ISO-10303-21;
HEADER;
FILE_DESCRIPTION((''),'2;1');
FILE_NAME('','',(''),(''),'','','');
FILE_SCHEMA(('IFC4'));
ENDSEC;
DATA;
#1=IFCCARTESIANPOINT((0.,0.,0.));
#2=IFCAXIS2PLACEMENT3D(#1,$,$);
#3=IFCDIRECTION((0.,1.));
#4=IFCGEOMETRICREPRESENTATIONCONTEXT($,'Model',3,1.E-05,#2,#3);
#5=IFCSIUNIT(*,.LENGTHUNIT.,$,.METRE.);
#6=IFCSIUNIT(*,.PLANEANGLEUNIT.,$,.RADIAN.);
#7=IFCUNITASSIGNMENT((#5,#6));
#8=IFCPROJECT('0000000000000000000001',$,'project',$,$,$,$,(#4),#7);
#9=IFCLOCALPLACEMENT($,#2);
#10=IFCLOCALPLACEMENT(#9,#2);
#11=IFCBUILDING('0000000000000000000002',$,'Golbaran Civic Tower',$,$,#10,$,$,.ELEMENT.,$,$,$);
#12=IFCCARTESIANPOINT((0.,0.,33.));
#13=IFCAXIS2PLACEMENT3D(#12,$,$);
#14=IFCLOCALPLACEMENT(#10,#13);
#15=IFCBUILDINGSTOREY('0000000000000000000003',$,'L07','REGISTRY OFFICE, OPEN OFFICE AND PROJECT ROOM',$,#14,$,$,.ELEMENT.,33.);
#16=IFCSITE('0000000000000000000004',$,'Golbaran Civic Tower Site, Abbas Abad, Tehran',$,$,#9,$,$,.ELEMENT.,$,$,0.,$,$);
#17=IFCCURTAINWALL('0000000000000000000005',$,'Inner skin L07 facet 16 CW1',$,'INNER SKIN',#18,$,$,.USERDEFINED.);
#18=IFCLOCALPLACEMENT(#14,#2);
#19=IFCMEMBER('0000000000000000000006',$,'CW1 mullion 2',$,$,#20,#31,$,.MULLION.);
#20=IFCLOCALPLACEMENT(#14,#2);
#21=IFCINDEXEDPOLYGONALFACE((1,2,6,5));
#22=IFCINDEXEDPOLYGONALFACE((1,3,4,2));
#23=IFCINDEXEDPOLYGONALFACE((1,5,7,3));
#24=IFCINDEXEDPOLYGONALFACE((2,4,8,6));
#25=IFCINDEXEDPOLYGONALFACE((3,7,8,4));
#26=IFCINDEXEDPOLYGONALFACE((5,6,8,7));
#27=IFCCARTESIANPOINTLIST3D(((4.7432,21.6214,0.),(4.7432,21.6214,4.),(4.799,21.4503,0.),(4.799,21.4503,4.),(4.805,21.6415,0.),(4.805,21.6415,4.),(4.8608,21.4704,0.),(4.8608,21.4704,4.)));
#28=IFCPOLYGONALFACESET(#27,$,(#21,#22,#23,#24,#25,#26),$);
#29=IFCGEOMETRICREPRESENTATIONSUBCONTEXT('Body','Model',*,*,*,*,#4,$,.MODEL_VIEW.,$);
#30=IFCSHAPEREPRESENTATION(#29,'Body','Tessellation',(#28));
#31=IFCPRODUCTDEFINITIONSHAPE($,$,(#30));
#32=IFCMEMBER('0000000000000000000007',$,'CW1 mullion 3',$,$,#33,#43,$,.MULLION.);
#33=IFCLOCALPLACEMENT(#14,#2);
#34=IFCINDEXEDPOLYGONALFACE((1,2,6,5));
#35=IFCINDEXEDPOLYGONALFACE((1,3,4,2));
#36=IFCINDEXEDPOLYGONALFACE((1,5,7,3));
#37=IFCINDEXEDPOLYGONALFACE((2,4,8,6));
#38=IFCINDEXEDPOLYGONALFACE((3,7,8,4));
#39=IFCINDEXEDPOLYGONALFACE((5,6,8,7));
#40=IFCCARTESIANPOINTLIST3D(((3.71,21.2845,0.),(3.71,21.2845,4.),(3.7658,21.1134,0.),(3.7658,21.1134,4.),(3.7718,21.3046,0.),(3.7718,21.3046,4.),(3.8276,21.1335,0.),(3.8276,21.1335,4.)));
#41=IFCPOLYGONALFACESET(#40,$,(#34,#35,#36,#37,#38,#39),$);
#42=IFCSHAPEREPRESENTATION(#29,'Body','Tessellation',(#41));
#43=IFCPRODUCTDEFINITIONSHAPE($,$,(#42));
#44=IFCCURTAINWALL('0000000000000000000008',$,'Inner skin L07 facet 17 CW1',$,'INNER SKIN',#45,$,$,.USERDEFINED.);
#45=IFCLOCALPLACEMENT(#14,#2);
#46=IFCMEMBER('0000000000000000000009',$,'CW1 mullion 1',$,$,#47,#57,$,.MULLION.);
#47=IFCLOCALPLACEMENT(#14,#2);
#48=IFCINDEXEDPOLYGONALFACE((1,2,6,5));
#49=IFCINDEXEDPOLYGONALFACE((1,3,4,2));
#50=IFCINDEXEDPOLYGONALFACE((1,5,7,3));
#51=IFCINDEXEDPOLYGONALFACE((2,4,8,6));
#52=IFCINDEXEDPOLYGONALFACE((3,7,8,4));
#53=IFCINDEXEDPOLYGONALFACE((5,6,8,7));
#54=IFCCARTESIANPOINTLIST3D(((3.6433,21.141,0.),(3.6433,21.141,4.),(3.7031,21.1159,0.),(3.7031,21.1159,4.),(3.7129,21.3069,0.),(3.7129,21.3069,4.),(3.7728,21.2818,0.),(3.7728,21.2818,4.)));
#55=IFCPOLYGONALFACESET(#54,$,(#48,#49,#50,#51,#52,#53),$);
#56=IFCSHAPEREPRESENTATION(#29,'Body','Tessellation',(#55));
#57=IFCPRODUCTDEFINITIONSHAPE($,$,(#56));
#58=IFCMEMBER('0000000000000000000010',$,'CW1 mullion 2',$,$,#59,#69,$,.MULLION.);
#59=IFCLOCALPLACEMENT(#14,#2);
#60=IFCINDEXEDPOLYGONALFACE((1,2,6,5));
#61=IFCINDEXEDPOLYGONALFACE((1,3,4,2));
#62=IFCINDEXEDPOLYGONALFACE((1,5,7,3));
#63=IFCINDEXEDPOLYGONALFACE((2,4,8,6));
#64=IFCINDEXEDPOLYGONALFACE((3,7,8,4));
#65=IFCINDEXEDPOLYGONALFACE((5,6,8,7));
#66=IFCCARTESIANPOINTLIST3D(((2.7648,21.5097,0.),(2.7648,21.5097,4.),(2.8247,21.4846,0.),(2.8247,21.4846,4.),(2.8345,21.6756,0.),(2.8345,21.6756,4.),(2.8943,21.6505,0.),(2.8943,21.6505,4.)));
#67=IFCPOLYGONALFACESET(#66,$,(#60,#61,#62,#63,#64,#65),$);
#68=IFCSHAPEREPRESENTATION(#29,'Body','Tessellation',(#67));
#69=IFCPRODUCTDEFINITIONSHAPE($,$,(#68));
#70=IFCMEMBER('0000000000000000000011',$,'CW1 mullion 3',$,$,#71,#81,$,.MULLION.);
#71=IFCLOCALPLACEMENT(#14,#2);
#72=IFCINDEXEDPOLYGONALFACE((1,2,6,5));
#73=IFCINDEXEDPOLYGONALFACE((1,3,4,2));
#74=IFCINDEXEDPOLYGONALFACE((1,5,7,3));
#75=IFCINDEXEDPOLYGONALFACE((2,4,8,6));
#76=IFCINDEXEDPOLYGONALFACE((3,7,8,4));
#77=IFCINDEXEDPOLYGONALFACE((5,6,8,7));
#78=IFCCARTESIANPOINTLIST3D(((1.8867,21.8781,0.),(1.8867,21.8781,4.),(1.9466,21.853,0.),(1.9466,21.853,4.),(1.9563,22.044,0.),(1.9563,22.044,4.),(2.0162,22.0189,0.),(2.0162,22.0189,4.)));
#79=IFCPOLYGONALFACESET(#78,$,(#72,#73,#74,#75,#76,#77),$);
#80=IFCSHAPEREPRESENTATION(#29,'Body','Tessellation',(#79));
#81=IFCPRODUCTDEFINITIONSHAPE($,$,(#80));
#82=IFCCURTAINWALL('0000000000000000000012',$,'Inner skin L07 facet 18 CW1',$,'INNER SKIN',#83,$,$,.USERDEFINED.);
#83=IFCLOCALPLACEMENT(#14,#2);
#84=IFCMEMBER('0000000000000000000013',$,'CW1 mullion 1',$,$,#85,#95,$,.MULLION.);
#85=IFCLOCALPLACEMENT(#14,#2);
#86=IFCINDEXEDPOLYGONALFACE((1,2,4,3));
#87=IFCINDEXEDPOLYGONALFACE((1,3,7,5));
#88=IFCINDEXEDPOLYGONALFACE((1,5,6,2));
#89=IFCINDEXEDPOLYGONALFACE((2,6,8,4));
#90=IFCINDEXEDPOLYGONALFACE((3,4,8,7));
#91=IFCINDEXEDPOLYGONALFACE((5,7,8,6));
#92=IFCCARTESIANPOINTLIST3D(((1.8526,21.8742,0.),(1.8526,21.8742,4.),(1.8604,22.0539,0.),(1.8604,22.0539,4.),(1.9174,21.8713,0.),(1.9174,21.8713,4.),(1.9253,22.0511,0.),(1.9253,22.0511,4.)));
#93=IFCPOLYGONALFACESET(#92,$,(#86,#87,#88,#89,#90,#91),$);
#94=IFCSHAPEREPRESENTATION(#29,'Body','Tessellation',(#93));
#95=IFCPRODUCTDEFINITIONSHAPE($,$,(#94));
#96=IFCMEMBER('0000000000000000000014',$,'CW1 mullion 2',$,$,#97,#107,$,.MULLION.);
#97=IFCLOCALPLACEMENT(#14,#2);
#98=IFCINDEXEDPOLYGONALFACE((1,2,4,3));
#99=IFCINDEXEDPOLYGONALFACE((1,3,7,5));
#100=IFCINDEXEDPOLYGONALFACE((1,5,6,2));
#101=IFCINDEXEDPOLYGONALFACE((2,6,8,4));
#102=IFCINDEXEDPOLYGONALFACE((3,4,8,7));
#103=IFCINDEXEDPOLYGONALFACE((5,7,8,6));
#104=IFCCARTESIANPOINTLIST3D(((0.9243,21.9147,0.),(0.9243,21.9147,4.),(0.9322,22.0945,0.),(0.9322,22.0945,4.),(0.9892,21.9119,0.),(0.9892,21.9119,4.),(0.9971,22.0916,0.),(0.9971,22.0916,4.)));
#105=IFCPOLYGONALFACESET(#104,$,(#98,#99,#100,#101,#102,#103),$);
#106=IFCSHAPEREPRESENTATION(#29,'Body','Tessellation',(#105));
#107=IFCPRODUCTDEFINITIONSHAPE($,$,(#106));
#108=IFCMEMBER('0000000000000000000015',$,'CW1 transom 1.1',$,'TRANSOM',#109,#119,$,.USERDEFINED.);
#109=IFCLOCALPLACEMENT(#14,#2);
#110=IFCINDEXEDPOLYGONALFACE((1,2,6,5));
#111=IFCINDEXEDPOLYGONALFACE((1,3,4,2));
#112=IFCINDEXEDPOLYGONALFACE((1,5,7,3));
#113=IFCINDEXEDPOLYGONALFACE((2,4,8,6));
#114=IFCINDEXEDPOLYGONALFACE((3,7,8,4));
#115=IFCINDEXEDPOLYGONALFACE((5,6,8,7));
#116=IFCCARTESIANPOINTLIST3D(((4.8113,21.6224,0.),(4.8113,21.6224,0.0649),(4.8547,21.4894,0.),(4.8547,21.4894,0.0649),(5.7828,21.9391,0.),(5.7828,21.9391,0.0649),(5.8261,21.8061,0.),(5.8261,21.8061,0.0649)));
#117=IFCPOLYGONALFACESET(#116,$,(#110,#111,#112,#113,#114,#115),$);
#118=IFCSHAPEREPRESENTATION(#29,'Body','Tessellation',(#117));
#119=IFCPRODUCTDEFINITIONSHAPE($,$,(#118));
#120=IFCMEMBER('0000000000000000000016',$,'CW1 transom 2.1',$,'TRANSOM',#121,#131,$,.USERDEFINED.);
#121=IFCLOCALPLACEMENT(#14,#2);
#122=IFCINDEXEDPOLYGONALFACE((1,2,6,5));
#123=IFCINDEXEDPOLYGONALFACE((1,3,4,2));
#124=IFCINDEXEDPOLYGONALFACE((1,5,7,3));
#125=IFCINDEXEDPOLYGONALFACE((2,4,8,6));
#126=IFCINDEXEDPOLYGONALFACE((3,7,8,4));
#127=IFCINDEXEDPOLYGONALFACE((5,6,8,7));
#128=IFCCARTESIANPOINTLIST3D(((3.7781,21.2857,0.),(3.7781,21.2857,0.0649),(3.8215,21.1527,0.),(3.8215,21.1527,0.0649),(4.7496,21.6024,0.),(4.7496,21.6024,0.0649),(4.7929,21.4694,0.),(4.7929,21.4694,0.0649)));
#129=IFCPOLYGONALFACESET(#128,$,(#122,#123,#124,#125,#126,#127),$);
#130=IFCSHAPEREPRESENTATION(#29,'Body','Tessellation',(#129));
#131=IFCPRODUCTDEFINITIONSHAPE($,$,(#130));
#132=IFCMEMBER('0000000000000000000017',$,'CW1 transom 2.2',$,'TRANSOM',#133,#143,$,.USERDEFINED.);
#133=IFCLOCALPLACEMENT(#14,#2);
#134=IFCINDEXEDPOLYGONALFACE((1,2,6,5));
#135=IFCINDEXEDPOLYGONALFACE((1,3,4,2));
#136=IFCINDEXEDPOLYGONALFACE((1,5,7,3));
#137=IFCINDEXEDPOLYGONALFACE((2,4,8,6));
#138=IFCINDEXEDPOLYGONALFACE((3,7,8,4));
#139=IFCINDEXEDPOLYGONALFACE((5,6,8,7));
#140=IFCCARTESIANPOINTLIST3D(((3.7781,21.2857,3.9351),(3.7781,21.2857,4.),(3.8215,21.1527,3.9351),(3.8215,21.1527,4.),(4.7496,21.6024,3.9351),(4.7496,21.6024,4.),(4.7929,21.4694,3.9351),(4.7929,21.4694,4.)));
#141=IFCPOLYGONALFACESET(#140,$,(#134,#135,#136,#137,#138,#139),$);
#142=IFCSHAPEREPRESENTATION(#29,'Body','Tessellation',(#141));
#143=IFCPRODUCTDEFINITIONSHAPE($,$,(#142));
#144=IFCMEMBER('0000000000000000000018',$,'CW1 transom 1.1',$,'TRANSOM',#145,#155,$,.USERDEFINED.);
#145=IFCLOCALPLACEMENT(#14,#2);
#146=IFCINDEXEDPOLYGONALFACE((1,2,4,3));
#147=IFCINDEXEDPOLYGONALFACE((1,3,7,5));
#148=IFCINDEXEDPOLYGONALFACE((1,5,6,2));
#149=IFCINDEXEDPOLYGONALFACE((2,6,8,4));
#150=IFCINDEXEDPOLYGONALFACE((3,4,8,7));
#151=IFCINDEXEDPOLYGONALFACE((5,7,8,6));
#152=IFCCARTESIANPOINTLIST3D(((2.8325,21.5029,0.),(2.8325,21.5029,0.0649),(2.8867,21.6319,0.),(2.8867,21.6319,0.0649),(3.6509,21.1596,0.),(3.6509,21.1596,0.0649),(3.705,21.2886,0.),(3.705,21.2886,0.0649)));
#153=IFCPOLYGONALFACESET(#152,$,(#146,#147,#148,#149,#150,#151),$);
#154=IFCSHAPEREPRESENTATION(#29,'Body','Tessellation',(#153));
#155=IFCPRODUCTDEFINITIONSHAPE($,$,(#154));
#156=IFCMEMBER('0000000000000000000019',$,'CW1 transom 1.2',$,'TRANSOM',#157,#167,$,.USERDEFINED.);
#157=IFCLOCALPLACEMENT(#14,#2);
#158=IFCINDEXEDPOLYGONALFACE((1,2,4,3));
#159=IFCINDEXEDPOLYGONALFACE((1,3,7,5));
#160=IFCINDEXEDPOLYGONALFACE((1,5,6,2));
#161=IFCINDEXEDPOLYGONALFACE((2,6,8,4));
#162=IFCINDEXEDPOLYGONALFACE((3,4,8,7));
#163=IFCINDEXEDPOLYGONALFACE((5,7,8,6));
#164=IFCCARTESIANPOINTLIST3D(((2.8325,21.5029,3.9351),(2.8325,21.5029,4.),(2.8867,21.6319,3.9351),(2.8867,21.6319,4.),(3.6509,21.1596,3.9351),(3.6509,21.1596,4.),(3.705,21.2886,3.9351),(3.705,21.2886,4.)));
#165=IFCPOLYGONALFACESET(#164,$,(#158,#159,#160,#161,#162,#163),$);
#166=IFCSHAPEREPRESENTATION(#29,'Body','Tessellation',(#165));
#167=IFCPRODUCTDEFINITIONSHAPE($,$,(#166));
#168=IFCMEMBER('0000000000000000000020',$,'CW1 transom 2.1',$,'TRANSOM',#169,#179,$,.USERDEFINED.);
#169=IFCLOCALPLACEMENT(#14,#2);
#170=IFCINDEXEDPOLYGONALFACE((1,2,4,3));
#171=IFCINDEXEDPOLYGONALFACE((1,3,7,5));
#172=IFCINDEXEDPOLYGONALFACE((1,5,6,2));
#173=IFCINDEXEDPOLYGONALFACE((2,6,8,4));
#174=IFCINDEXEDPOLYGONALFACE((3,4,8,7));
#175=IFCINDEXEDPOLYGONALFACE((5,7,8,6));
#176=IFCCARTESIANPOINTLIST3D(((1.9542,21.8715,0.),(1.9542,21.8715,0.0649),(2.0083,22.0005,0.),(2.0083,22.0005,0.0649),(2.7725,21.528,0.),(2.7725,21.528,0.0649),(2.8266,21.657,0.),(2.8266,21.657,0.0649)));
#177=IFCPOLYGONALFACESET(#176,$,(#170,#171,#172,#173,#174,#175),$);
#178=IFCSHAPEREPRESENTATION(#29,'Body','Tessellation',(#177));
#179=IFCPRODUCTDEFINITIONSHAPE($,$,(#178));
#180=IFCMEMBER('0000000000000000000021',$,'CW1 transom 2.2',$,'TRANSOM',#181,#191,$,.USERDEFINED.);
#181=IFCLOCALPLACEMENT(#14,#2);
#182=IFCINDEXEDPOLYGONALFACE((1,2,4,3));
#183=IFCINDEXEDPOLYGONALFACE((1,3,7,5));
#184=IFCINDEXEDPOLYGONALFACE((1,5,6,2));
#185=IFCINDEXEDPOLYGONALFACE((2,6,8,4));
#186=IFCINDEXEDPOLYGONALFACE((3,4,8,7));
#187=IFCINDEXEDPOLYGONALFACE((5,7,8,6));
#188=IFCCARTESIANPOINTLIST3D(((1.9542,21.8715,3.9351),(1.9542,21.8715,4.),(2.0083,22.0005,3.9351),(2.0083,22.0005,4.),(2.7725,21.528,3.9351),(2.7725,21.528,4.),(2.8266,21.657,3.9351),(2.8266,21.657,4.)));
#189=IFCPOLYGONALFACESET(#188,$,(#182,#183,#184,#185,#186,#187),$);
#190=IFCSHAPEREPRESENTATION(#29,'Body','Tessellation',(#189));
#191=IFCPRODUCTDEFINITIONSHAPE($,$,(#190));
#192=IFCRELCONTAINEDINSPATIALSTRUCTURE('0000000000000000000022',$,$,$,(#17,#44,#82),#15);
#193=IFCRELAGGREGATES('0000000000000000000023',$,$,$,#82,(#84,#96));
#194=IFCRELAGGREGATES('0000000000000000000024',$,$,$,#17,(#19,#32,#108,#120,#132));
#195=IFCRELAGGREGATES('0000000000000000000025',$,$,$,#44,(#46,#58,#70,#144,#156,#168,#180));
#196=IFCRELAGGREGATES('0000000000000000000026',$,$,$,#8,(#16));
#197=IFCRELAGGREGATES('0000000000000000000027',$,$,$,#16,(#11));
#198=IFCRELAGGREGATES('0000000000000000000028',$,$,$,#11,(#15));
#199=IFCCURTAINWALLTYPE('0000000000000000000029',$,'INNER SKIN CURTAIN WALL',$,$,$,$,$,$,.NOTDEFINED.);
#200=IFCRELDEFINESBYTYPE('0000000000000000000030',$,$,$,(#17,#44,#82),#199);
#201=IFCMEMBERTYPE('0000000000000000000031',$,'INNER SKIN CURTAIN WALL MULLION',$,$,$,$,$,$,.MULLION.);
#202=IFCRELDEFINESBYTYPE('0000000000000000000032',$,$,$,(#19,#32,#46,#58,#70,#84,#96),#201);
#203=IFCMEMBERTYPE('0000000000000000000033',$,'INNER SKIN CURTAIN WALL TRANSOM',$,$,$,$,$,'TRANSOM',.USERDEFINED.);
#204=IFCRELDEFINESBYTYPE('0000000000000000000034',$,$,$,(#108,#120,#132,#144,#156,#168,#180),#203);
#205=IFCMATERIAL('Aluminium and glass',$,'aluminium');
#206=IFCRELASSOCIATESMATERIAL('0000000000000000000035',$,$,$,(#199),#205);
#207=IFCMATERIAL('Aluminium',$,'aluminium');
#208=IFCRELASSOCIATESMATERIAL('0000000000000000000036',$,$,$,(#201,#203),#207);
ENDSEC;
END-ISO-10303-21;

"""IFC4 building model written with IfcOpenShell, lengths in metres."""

from ifc_helpers import new_model, si_unit, direction, frame, origin, origin_2d, place, context, subcontext, project, spatial, rectangle, extrude, material, material_profile, profile_set, type_object, element, aggregate, save


model = new_model("IFC4")

# Units and contexts
model_context = context("Model", 3, precision=1e-05, world=origin(), true_north=direction((0.0, 1.0)))
body_context = subcontext(model_context, "Body", "Model", "MODEL_VIEW")
ifc_project = project(units=[si_unit("LENGTHUNIT", "METRE"), si_unit("PLANEANGLEUNIT", "RADIAN")], contexts=[model_context])

# Site, building, storey
site_placement = place(None, origin())
site = spatial("IfcSite", under=ifc_project, at=site_placement, Name="Golbaran Civic Tower Site, Abbas Abad, Tehran", CompositionType="ELEMENT", RefElevation=0.0)
building_placement = place(site_placement, origin())
building = spatial("IfcBuilding", under=site, at=building_placement, Name="Golbaran Civic Tower", CompositionType="ELEMENT")
storey_placement = place(building_placement, frame((0.0, 0.0, 33.0)))
storey = spatial("IfcBuildingStorey", under=building, at=storey_placement, Name="L07", Description="REGISTRY OFFICE, OPEN OFFICE AND PROJECT ROOM", CompositionType="ELEMENT", Elevation=33.0)

# Curtain walls, members
ifc_material_1 = material(Name="Aluminium and glass", Category="aluminium")
curtain_wall_type = type_object("IfcCurtainWallType", Name="INNER SKIN CURTAIN WALL", PredefinedType="NOTDEFINED", material=ifc_material_1)
curtain_wall_1_placement = place(storey_placement, origin())
curtain_wall_1 = element("IfcCurtainWall", 1, at=curtain_wall_1_placement, inside=storey, type_object=curtain_wall_type, Name="Inner skin L07 facet 16 CW1", ObjectType="INNER SKIN", PredefinedType="USERDEFINED")
ifc_material_2 = material(Name="Aluminium", Category="aluminium")
ifc_material_profile_1 = material_profile(ifc_material_2, rectangle(XDim=0.1799, YDim=0.0649, at=origin_2d()), Name="INNER SKIN CURTAIN WALL MULLION")
ifc_profile_set_1 = profile_set([ifc_material_profile_1], Name="Aluminium")
member_type_1 = type_object("IfcMemberType", Name="INNER SKIN CURTAIN WALL MULLION", PredefinedType="MULLION", material=ifc_profile_set_1)
member_1_placement = place(storey_placement, frame((4.802, 21.5459, 0.0), z_axis=(0.0, 0.0, 1.0), x_axis=(0.309925, -0.950761, 0.0)))
member_1 = element("IfcMember", 2, at=member_1_placement, type_object=member_type_1, Name="CW1 mullion 2", PredefinedType="MULLION", context=body_context, shape_type="SweptSolid", body=[
    extrude(rectangle(XDim=0.1799, YDim=0.0649, at=origin_2d()), origin(), (0.0, 0.0, 1.0), 4.0),
])
member_2_placement = place(storey_placement, frame((3.7688, 21.209, 0.0), z_axis=(0.0, 0.0, 1.0), x_axis=(0.309925, -0.950761, 0.0)))
member_2 = element("IfcMember", 3, at=member_2_placement, type_object=member_type_1, Name="CW1 mullion 3", PredefinedType="MULLION", context=body_context, shape_type="SweptSolid", body=[
    extrude(rectangle(XDim=0.1799, YDim=0.0649, at=origin_2d()), origin(), (0.0, 0.0, 1.0), 4.0),
])
curtain_wall_2_placement = place(storey_placement, origin())
curtain_wall_2 = element("IfcCurtainWall", 4, at=curtain_wall_2_placement, inside=storey, type_object=curtain_wall_type, Name="Inner skin L07 facet 17 CW1", ObjectType="INNER SKIN", PredefinedType="USERDEFINED")
member_3_placement = place(storey_placement, frame((3.708, 21.2114, 0.0), z_axis=(0.0, 0.0, 1.0), x_axis=(-0.386873, -0.922133, 0.0)))
member_3 = element("IfcMember", 5, at=member_3_placement, type_object=member_type_1, Name="CW1 mullion 1", PredefinedType="MULLION", context=body_context, shape_type="SweptSolid", body=[
    extrude(rectangle(XDim=0.1799, YDim=0.0649, at=origin_2d()), origin(), (0.0, 0.0, 1.0), 4.0),
])
member_4_placement = place(storey_placement, frame((2.8296, 21.5801, 0.0), z_axis=(0.0, 0.0, 1.0), x_axis=(-0.386873, -0.922133, 0.0)))
member_4 = element("IfcMember", 6, at=member_4_placement, type_object=member_type_1, Name="CW1 mullion 2", PredefinedType="MULLION", context=body_context, shape_type="SweptSolid", body=[
    extrude(rectangle(XDim=0.1799, YDim=0.0649, at=origin_2d()), origin(), (0.0, 0.0, 1.0), 4.0),
])
member_5_placement = place(storey_placement, frame((1.9514, 21.9485, 0.0), z_axis=(0.0, 0.0, 1.0), x_axis=(-0.386873, -0.922133, 0.0)))
member_5 = element("IfcMember", 7, at=member_5_placement, type_object=member_type_1, Name="CW1 mullion 3", PredefinedType="MULLION", context=body_context, shape_type="SweptSolid", body=[
    extrude(rectangle(XDim=0.1799, YDim=0.0649, at=origin_2d()), origin(), (0.0, 0.0, 1.0), 4.0),
])
curtain_wall_3_placement = place(storey_placement, origin())
curtain_wall_3 = element("IfcCurtainWall", 8, at=curtain_wall_3_placement, inside=storey, type_object=curtain_wall_type, Name="Inner skin L07 facet 18 CW1", ObjectType="INNER SKIN", PredefinedType="USERDEFINED")
member_6_placement = place(storey_placement, frame((1.8889, 21.9626, 0.0), z_axis=(0.0, 0.0, 1.0), x_axis=(-0.043619, -0.999048, 0.0)))
member_6 = element("IfcMember", 9, at=member_6_placement, type_object=member_type_1, Name="CW1 mullion 1", PredefinedType="MULLION", context=body_context, shape_type="SweptSolid", body=[
    extrude(rectangle(XDim=0.1799, YDim=0.0649, at=origin_2d()), origin(), (0.0, 0.0, 1.0), 4.0),
])
member_7_placement = place(storey_placement, frame((0.9607, 22.0032, 0.0), z_axis=(0.0, 0.0, 1.0), x_axis=(-0.043619, -0.999048, 0.0)))
member_7 = element("IfcMember", 10, at=member_7_placement, type_object=member_type_1, Name="CW1 mullion 2", PredefinedType="MULLION", context=body_context, shape_type="SweptSolid", body=[
    extrude(rectangle(XDim=0.1799, YDim=0.0649, at=origin_2d()), origin(), (0.0, 0.0, 1.0), 4.0),
])

# Members
ifc_material_profile_2 = material_profile(ifc_material_2, rectangle(XDim=0.1399, YDim=0.0649, at=origin_2d()), Name="INNER SKIN CURTAIN WALL TRANSOM")
ifc_profile_set_2 = profile_set([ifc_material_profile_2], Name="Aluminium")
member_type_2 = type_object("IfcMemberType", Name="INNER SKIN CURTAIN WALL TRANSOM", ElementType="TRANSOM", PredefinedType="USERDEFINED", material=ifc_profile_set_2)
member_8_placement = place(storey_placement, frame((5.8044, 21.8726, 0.0325), z_axis=(-0.950765, -0.309913, 0.0), x_axis=(0.309913, -0.950765, 0.0)))
member_8 = element("IfcMember", 11, at=member_8_placement, type_object=member_type_2, Name="CW1 transom 1.1", ObjectType="TRANSOM", PredefinedType="USERDEFINED", context=body_context, shape_type="SweptSolid", body=[
    extrude(rectangle(XDim=0.1399, YDim=0.0649, at=origin_2d()), origin(), (0.0, 0.0, 1.0), 1.0217),
])
member_9_placement = place(storey_placement, frame((4.7712, 21.5359, 0.0325), z_axis=(-0.950765, -0.309913, 0.0), x_axis=(0.309913, -0.950765, 0.0)))
member_9 = element("IfcMember", 12, at=member_9_placement, type_object=member_type_2, Name="CW1 transom 2.1", ObjectType="TRANSOM", PredefinedType="USERDEFINED", context=body_context, shape_type="SweptSolid", body=[
    extrude(rectangle(XDim=0.1399, YDim=0.0649, at=origin_2d()), origin(), (0.0, 0.0, 1.0), 1.0217),
])
member_10_placement = place(storey_placement, frame((4.7712, 21.5359, 3.9675), z_axis=(-0.950765, -0.309913, 0.0), x_axis=(0.309913, -0.950765, 0.0)))
member_10 = element("IfcMember", 13, at=member_10_placement, type_object=member_type_2, Name="CW1 transom 2.2", ObjectType="TRANSOM", PredefinedType="USERDEFINED", context=body_context, shape_type="SweptSolid", body=[
    extrude(rectangle(XDim=0.1399, YDim=0.0649, at=origin_2d()), origin(), (0.0, 0.0, 1.0), 1.0217),
])
member_11_placement = place(storey_placement, frame((3.678, 21.2241, 0.0325), z_axis=(-0.922163, 0.386802, 0.0), x_axis=(-0.386802, -0.922163, 0.0)))
member_11 = element("IfcMember", 14, at=member_11_placement, type_object=member_type_2, Name="CW1 transom 1.1", ObjectType="TRANSOM", PredefinedType="USERDEFINED", context=body_context, shape_type="SweptSolid", body=[
    extrude(rectangle(XDim=0.1399, YDim=0.0649, at=origin_2d()), origin(), (0.0, 0.0, 1.0), 0.8875),
])
member_12_placement = place(storey_placement, frame((3.678, 21.2241, 3.9675), z_axis=(-0.922163, 0.386802, 0.0), x_axis=(-0.386802, -0.922163, 0.0)))
member_12 = element("IfcMember", 15, at=member_12_placement, type_object=member_type_2, Name="CW1 transom 1.2", ObjectType="TRANSOM", PredefinedType="USERDEFINED", context=body_context, shape_type="SweptSolid", body=[
    extrude(rectangle(XDim=0.1399, YDim=0.0649, at=origin_2d()), origin(), (0.0, 0.0, 1.0), 0.8875),
])
member_13_placement = place(storey_placement, frame((2.7996, 21.5925, 0.0325), z_axis=(-0.922065, 0.387036, 0.0), x_axis=(-0.387036, -0.922065, 0.0)))
member_13 = element("IfcMember", 16, at=member_13_placement, type_object=member_type_2, Name="CW1 transom 2.1", ObjectType="TRANSOM", PredefinedType="USERDEFINED", context=body_context, shape_type="SweptSolid", body=[
    extrude(rectangle(XDim=0.1399, YDim=0.0649, at=origin_2d()), origin(), (0.0, 0.0, 1.0), 0.8875),
])
member_14_placement = place(storey_placement, frame((2.7996, 21.5925, 3.9675), z_axis=(-0.922065, 0.387036, 0.0), x_axis=(-0.387036, -0.922065, 0.0)))
member_14 = element("IfcMember", 17, at=member_14_placement, type_object=member_type_2, Name="CW1 transom 2.2", ObjectType="TRANSOM", PredefinedType="USERDEFINED", context=body_context, shape_type="SweptSolid", body=[
    extrude(rectangle(XDim=0.1399, YDim=0.0649, at=origin_2d()), origin(), (0.0, 0.0, 1.0), 0.8875),
])

aggregate(curtain_wall_3, [member_6, member_7])
aggregate(curtain_wall_1, [member_1, member_2, member_8, member_9, member_10])
aggregate(curtain_wall_2, [member_3, member_4, member_5, member_11, member_12, member_13, member_14])

save(model, "model.ifc")
